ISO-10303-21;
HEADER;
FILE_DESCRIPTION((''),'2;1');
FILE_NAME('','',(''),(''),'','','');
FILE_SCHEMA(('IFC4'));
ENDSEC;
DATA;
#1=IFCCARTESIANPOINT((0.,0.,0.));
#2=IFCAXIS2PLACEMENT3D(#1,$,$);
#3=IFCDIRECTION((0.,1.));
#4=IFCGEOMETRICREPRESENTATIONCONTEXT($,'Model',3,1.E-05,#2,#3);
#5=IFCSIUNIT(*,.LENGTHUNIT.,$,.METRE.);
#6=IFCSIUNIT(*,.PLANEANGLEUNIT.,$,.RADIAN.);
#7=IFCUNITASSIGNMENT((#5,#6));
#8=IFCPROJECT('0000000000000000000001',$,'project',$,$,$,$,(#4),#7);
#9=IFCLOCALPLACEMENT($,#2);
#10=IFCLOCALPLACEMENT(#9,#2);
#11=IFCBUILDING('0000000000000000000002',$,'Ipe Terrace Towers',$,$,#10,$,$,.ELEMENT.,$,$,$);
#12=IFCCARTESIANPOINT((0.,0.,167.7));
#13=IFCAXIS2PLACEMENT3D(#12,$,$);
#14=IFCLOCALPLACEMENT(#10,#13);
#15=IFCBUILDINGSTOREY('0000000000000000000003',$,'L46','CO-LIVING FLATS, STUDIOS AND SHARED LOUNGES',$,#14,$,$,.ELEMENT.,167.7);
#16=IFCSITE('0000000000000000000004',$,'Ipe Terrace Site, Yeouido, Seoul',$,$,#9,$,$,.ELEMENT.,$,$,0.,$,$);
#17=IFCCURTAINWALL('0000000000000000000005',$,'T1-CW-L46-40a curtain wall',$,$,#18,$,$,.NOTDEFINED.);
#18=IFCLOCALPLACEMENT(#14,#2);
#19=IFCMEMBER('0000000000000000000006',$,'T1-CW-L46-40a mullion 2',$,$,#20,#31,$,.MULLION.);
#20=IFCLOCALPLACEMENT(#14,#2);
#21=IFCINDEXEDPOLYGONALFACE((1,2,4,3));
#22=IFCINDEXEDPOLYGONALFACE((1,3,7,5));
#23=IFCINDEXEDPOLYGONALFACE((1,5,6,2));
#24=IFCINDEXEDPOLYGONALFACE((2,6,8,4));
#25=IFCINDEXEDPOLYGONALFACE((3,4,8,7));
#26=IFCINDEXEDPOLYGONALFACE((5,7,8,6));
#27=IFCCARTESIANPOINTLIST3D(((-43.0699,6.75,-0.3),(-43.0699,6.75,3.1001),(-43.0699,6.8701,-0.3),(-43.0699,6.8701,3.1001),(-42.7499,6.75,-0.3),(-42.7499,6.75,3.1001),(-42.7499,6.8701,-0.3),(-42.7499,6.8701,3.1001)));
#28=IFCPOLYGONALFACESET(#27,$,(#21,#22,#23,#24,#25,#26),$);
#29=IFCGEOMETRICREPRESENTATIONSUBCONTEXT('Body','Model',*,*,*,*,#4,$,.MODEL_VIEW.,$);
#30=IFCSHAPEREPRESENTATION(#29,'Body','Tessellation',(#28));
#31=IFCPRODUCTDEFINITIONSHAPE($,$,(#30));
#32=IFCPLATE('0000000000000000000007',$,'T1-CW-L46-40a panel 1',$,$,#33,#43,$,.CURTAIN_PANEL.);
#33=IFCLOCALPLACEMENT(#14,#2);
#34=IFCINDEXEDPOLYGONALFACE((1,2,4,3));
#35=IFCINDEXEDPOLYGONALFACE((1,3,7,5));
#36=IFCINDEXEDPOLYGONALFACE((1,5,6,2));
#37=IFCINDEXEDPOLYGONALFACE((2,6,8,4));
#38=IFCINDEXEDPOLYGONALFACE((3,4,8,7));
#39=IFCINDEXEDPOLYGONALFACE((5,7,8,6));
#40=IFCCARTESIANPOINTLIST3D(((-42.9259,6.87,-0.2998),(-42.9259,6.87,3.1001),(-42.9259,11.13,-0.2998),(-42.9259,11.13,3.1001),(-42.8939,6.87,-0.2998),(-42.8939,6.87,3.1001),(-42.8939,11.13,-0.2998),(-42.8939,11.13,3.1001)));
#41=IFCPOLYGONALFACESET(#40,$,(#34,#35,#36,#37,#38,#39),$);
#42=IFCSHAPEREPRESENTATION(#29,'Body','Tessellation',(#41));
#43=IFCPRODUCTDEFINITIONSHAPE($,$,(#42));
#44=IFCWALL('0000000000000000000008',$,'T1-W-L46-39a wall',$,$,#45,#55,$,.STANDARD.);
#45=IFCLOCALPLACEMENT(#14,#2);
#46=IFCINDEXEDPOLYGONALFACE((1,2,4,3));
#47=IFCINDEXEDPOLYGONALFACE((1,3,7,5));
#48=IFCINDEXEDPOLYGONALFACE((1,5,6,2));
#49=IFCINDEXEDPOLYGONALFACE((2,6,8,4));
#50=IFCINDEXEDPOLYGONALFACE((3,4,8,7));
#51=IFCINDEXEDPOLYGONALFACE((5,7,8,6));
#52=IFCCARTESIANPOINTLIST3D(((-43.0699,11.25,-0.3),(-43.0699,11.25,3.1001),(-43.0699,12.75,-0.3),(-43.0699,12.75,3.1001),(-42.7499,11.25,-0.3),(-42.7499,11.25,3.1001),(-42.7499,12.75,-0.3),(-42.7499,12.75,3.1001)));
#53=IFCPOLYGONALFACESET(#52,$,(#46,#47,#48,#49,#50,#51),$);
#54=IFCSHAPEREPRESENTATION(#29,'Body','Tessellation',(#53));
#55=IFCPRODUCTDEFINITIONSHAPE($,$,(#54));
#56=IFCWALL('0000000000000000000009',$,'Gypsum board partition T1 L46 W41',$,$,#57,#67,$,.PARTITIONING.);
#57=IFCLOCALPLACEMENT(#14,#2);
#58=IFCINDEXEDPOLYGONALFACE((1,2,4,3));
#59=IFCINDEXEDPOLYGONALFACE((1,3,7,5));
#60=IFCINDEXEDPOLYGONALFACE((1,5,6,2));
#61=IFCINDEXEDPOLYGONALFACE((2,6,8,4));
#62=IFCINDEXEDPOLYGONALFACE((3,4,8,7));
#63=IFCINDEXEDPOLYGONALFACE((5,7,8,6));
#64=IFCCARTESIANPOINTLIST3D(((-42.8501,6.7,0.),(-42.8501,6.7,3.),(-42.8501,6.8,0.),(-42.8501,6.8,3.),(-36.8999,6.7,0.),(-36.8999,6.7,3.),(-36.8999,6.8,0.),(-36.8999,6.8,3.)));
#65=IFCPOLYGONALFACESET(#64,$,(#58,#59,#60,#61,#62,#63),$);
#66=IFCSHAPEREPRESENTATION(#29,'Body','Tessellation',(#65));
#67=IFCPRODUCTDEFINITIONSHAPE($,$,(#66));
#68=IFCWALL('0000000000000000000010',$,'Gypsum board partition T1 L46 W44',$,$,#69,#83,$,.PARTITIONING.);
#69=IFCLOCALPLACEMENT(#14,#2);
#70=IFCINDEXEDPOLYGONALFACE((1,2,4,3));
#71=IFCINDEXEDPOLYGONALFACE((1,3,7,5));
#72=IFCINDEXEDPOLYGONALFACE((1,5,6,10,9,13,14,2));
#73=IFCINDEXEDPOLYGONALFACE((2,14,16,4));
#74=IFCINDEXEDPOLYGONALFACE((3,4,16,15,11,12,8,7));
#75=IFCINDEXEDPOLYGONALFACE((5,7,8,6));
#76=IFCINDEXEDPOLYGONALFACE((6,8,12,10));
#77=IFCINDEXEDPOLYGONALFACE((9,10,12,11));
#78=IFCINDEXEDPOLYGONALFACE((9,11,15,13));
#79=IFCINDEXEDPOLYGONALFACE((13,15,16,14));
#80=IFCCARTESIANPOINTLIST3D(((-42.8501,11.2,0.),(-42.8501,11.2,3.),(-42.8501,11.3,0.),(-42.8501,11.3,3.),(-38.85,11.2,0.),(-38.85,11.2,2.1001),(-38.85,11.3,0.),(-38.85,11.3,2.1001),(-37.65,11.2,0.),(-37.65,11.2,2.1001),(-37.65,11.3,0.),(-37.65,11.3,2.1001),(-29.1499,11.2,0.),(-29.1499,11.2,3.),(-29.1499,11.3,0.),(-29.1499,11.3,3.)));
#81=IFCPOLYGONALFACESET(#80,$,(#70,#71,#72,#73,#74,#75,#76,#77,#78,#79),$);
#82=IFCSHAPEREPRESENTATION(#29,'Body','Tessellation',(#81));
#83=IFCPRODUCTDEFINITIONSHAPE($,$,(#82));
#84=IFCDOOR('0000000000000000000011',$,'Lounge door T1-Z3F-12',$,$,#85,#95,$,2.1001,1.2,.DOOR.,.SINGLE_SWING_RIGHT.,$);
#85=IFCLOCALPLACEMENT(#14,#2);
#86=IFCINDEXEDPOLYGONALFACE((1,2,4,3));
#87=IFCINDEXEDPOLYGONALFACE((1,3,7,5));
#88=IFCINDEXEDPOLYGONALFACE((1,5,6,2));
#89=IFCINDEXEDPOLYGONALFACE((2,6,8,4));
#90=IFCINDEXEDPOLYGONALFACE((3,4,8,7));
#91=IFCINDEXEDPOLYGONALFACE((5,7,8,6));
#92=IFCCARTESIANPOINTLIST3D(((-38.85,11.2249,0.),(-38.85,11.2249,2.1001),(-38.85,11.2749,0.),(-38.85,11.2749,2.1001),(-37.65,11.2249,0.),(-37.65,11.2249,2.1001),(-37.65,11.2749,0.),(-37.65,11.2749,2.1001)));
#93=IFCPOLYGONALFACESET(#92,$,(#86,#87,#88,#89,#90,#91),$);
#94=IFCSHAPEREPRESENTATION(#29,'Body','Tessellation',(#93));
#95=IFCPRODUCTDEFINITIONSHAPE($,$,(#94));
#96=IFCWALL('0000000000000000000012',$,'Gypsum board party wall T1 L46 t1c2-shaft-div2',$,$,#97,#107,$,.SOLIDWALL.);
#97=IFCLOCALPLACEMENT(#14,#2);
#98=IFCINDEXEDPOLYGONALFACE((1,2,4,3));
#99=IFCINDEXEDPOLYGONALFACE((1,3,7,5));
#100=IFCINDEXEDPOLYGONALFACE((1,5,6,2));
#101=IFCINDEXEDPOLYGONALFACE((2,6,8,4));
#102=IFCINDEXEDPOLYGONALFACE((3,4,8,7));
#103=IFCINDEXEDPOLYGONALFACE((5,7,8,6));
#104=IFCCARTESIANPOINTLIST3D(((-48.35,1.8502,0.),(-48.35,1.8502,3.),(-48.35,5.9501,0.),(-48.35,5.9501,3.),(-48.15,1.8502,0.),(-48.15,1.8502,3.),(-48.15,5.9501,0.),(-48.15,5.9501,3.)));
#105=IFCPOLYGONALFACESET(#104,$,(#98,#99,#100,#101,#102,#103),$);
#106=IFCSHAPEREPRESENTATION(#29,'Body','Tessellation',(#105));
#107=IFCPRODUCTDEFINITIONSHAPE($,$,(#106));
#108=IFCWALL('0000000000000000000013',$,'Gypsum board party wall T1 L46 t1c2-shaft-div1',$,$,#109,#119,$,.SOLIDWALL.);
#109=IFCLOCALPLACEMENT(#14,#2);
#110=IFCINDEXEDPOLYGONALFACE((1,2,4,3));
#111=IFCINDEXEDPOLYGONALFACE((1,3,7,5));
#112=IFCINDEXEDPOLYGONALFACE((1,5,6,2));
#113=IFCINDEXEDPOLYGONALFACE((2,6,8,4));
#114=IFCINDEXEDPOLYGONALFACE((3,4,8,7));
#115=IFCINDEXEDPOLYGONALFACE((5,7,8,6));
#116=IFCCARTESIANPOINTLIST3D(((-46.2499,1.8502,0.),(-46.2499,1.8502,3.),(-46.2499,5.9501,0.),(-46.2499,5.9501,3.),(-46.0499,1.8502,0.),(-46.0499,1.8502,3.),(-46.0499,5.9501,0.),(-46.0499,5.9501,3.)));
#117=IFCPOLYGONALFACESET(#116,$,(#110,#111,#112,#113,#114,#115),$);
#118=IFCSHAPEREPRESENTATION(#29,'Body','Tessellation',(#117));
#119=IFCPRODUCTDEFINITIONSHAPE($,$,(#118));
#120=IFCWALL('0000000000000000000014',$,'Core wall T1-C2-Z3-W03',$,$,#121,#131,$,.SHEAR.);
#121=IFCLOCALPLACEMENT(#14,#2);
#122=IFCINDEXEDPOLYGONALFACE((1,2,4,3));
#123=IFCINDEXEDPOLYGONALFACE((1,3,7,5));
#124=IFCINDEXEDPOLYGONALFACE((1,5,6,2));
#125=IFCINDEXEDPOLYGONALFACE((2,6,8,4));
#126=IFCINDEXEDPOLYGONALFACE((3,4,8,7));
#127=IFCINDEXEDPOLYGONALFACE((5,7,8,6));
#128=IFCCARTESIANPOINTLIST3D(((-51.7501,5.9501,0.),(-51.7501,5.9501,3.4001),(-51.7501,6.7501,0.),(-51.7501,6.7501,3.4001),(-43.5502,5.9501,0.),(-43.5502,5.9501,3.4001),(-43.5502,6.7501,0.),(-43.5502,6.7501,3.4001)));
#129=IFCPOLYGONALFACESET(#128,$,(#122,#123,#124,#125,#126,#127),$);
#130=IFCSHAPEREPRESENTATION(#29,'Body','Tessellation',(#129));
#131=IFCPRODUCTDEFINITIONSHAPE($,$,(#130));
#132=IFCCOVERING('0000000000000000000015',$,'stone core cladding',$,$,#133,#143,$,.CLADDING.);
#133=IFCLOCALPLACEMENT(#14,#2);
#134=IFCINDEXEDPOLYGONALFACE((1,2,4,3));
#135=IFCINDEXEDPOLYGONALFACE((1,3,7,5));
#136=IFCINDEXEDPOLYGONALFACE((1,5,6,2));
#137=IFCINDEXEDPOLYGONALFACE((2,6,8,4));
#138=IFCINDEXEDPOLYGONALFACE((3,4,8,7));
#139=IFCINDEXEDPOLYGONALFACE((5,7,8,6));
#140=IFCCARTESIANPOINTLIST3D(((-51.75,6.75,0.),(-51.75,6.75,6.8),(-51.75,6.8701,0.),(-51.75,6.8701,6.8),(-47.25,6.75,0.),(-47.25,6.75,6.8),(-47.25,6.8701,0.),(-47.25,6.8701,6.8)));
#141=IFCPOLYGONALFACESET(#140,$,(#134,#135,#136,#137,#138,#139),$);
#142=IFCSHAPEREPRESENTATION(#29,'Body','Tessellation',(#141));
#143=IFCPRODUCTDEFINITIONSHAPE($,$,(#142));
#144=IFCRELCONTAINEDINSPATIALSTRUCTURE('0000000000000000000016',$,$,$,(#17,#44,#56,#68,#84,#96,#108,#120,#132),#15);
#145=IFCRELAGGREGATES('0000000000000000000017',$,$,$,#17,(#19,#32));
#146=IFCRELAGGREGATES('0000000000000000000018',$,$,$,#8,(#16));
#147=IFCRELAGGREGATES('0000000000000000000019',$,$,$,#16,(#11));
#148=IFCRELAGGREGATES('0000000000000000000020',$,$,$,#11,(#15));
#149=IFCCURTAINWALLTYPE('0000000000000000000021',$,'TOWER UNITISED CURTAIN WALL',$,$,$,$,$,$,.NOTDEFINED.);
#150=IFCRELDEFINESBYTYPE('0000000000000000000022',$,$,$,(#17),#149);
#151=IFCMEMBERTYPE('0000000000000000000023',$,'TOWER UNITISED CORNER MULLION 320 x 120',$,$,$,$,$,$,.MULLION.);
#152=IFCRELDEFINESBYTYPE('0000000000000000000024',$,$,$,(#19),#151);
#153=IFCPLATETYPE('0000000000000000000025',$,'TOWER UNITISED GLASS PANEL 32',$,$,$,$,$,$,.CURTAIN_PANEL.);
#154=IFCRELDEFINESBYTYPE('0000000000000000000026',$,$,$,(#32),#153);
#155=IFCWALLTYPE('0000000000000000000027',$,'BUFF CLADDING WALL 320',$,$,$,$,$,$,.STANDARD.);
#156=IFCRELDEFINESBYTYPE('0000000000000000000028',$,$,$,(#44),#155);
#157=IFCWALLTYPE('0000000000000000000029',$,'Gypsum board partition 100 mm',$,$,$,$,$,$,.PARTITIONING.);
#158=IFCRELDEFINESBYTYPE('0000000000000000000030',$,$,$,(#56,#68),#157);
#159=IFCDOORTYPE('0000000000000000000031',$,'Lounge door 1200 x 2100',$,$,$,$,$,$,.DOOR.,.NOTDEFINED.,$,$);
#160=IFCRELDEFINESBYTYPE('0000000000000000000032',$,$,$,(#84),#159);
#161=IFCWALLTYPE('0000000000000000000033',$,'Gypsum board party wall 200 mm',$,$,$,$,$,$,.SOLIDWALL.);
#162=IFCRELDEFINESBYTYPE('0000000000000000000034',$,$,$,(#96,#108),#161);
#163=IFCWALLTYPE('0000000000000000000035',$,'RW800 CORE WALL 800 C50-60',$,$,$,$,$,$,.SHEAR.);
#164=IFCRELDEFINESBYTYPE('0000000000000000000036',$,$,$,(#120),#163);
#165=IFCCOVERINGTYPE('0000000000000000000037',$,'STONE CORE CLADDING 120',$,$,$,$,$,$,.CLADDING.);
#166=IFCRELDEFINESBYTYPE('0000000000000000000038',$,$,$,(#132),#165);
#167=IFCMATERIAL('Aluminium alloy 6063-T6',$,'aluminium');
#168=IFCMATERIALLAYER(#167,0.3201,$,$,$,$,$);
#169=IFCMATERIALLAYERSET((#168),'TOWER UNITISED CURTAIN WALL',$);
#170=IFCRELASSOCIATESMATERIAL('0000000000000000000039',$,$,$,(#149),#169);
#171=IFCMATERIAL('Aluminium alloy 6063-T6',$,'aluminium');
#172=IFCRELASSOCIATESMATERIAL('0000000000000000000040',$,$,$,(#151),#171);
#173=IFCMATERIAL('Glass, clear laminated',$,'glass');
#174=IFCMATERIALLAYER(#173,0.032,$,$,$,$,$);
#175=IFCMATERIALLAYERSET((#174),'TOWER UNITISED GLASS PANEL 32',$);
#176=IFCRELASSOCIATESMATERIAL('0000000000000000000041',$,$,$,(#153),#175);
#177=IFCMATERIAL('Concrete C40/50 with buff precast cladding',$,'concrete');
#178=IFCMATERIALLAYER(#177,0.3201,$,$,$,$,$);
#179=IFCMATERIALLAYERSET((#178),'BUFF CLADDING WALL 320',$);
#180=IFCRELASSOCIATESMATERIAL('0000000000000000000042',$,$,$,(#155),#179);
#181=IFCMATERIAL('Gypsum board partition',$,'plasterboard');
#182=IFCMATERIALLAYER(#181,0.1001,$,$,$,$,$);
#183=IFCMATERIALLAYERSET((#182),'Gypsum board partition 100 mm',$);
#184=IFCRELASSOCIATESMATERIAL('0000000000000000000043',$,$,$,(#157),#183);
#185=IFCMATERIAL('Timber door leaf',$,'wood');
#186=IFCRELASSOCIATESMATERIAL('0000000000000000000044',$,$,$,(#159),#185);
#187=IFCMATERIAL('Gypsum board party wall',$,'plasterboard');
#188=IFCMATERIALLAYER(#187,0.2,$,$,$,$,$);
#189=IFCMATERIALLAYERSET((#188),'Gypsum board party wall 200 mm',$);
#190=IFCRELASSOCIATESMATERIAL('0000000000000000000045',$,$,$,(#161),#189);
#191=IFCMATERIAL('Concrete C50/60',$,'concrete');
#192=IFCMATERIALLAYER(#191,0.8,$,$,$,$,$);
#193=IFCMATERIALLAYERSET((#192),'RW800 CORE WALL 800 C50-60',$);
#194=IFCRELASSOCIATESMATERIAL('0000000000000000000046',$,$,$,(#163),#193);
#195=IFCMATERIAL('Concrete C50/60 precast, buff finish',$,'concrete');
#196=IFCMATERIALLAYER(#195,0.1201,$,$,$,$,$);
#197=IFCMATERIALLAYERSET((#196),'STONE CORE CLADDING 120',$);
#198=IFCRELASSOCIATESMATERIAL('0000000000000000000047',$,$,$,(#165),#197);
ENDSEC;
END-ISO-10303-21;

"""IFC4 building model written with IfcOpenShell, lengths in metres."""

from ifc_helpers import new_model, si_unit, direction, frame, frame_2d, origin, origin_2d, place, context, subcontext, project, spatial, rectangle, extrude, material, layer, layer_set, material_profile, profile_set, type_object, element, fill, aggregate, save


model = new_model("IFC4")

# Units and contexts
model_context = context("Model", 3, precision=1e-05, world=origin(), true_north=direction((0.0, 1.0)))
body_context = subcontext(model_context, "Body", "Model", "MODEL_VIEW")
ifc_project = project(units=[si_unit("LENGTHUNIT", "METRE"), si_unit("PLANEANGLEUNIT", "RADIAN")], contexts=[model_context])

# Site, building, storey
site_placement = place(None, origin())
site = spatial("IfcSite", under=ifc_project, at=site_placement, Name="Ipe Terrace Site, Yeouido, Seoul", CompositionType="ELEMENT", RefElevation=0.0)
building_placement = place(site_placement, origin())
building = spatial("IfcBuilding", under=site, at=building_placement, Name="Ipe Terrace Towers", CompositionType="ELEMENT")
storey_placement = place(building_placement, frame((0.0, 0.0, 167.7)))
storey = spatial("IfcBuildingStorey", under=building, at=storey_placement, Name="L46", Description="CO-LIVING FLATS, STUDIOS AND SHARED LOUNGES", CompositionType="ELEMENT", Elevation=167.7)

# Curtain wall, member, plate
ifc_material_1 = material(Name="Aluminium alloy 6063-T6", Category="aluminium")
ifc_layer_1 = layer(ifc_material_1, 0.3201)
ifc_layer_set_1 = layer_set([ifc_layer_1], Name="TOWER UNITISED CURTAIN WALL")
curtain_wall_type = type_object("IfcCurtainWallType", Name="TOWER UNITISED CURTAIN WALL", PredefinedType="NOTDEFINED", material=ifc_layer_set_1)
curtain_wall_placement = place(storey_placement, origin())
curtain_wall = element("IfcCurtainWall", 1, at=curtain_wall_placement, inside=storey, type_object=curtain_wall_type, Name="T1-CW-L46-40a curtain wall", PredefinedType="NOTDEFINED")
ifc_material_2 = material(Name="Aluminium alloy 6063-T6", Category="aluminium")
ifc_material_profile_1 = material_profile(ifc_material_2, rectangle(XDim=0.3201, YDim=0.1201, at=origin_2d()), Name="TOWER UNITISED CORNER MULLION 320 x 120")
ifc_profile_set_1 = profile_set([ifc_material_profile_1], Name="Aluminium alloy 6063-T6")
member_type = type_object("IfcMemberType", Name="TOWER UNITISED CORNER MULLION 320 x 120", PredefinedType="MULLION", material=ifc_profile_set_1)
member_1_placement = place(storey_placement, frame((-42.9099, 6.8101, -0.3), z_axis=(0.0, 0.0, 1.0), x_axis=(-1.0, 0.0, 0.0)))
member_1 = element("IfcMember", 2, at=member_1_placement, type_object=member_type, Name="T1-CW-L46-40a mullion 2", PredefinedType="MULLION", context=body_context, shape_type="SweptSolid", body=[
    extrude(rectangle(XDim=0.3201, YDim=0.1201, at=origin_2d()), origin(), (0.0, 0.0, 1.0), 3.4001),
])
ifc_material_3 = material(Name="Glass, clear laminated", Category="glass")
ifc_layer_2 = layer(ifc_material_3, 0.032)
ifc_layer_set_2 = layer_set([ifc_layer_2], Name="TOWER UNITISED GLASS PANEL 32")
plate_type = type_object("IfcPlateType", Name="TOWER UNITISED GLASS PANEL 32", PredefinedType="CURTAIN_PANEL", material=ifc_layer_set_2)
plate_placement = place(storey_placement, frame((-42.9099, 9.0, -0.2998), z_axis=(0.0, 0.0, 1.0), x_axis=(0.0, -1.0, 0.0)))
plate = element("IfcPlate", 3, at=plate_placement, type_object=plate_type, Name="T1-CW-L46-40a panel 1", PredefinedType="CURTAIN_PANEL", context=body_context, shape_type="SweptSolid", body=[
    extrude(rectangle(XDim=4.26, YDim=0.032, at=origin_2d()), origin(), (0.0, 0.0, 1.0), 3.3999),
])
aggregate(curtain_wall, [member_1, plate])

# Walls
ifc_material_4 = material(Name="Concrete C40/50 with buff precast cladding", Category="concrete")
ifc_layer_3 = layer(ifc_material_4, 0.3201)
ifc_layer_set_3 = layer_set([ifc_layer_3], Name="BUFF CLADDING WALL 320")
wall_type_1 = type_object("IfcWallType", Name="BUFF CLADDING WALL 320", PredefinedType="STANDARD", material=ifc_layer_set_3)
wall_1_placement = place(storey_placement, frame((-42.9099, 12.75, -0.3), z_axis=(0.0, 0.0, 1.0), x_axis=(0.0, -1.0, 0.0)))
element("IfcWall", 4, at=wall_1_placement, inside=storey, type_object=wall_type_1, Name="T1-W-L46-39a wall", PredefinedType="STANDARD", context=body_context, shape_type="SweptSolid", body=[
    extrude(rectangle(XDim=1.5, YDim=0.3201, at=frame_2d((0.75, 0.0))), origin(), (0.0, 0.0, 1.0), 3.4001),
])
ifc_material_5 = material(Name="Gypsum board partition", Category="plasterboard")
ifc_layer_4 = layer(ifc_material_5, 0.1001)
ifc_layer_set_4 = layer_set([ifc_layer_4], Name="Gypsum board partition 100 mm")
wall_type_2 = type_object("IfcWallType", Name="Gypsum board partition 100 mm", PredefinedType="PARTITIONING", material=ifc_layer_set_4)
wall_2_placement = place(storey_placement, frame((-42.8501, 6.75, 0.0), z_axis=(0.0, 0.0, 1.0), x_axis=(1.0, 0.0, 0.0)))
element("IfcWall", 5, at=wall_2_placement, inside=storey, type_object=wall_type_2, Name="Gypsum board partition T1 L46 W41", PredefinedType="PARTITIONING", context=body_context, shape_type="SweptSolid", body=[
    extrude(rectangle(XDim=5.9502, YDim=0.1001, at=frame_2d((2.9751, 0.0))), origin(), (0.0, 0.0, 1.0), 3.0),
])

# Wall, opening, door
wall_3_placement = place(storey_placement, frame((-42.8501, 11.25, 0.0), z_axis=(0.0, 0.0, 1.0), x_axis=(1.0, 0.0, 0.0)))
wall_3 = element("IfcWall", 6, at=wall_3_placement, inside=storey, type_object=wall_type_2, Name="Gypsum board partition T1 L46 W44", PredefinedType="PARTITIONING", context=body_context, shape_type="SweptSolid", body=[
    extrude(rectangle(XDim=13.7002, YDim=0.1001, at=frame_2d((6.8501, 0.0))), origin(), (0.0, 0.0, 1.0), 3.0),
])
opening_placement = place(wall_3_placement, frame((4.0, 0.0, 0.0)))
opening = element("IfcOpeningElement", 7, at=opening_placement, cuts=wall_3, PredefinedType="OPENING", context=body_context, shape_type="SweptSolid", body=[
    extrude(rectangle(XDim=1.2, YDim=2.1001, at=frame_2d((0.6001, 1.05))), frame((0.0, 0.0601, 0.0), z_axis=(0.0, -1.0, 0.0), x_axis=(1.0, 0.0, 0.0)), (0.0, 0.0, 1.0), 0.1201),
])
ifc_material_6 = material(Name="Timber door leaf", Category="wood")
door_type = type_object("IfcDoorType", Name="Lounge door 1200 x 2100", OperationType="NOTDEFINED", PredefinedType="DOOR", material=ifc_material_6)
door_placement = place(opening_placement, origin())
door = element("IfcDoor", 8, at=door_placement, inside=storey, type_object=door_type, Name="Lounge door T1-Z3F-12", OperationType="SINGLE_SWING_RIGHT", OverallHeight=2.1001, OverallWidth=1.2, PredefinedType="DOOR", context=body_context, shape_type="SweptSolid", body=[
    extrude(rectangle(XDim=1.2, YDim=2.1001, at=frame_2d((0.6001, 1.05))), frame((0.0, 0.0249, 0.0), z_axis=(0.0, -1.0, 0.0), x_axis=(1.0, 0.0, 0.0)), (0.0, 0.0, 1.0), 0.05),
])
fill(opening, door)

# Walls
ifc_material_7 = material(Name="Gypsum board party wall", Category="plasterboard")
ifc_layer_5 = layer(ifc_material_7, 0.2)
ifc_layer_set_5 = layer_set([ifc_layer_5], Name="Gypsum board party wall 200 mm")
wall_type_3 = type_object("IfcWallType", Name="Gypsum board party wall 200 mm", PredefinedType="SOLIDWALL", material=ifc_layer_set_5)
for number, where, z_axis, x_axis, name in (
    (9, (-48.25, 5.95, 0.0), (0.0, 0.0, 1.0), (0.0, -1.0, 0.0), "Gypsum board party wall T1 L46 t1c2-shaft-div2"),
    (10, (-46.1499, 5.95, 0.0), (0.0, 0.0, 1.0), (0.0, -1.0, 0.0), "Gypsum board party wall T1 L46 t1c2-shaft-div1"),
):
    element("IfcWall", number, at=place(storey_placement, frame(where, z_axis=z_axis, x_axis=x_axis)), inside=storey, type_object=wall_type_3, Name=name, PredefinedType="SOLIDWALL", context=body_context, shape_type="SweptSolid", body=[
        extrude(rectangle(XDim=4.0999, YDim=0.2, at=frame_2d((2.0498, 0.0))), origin(), (0.0, 0.0, 1.0), 3.0),
    ])
ifc_material_8 = material(Name="Concrete C50/60", Category="concrete")
ifc_layer_6 = layer(ifc_material_8, 0.8)
ifc_layer_set_6 = layer_set([ifc_layer_6], Name="RW800 CORE WALL 800 C50-60")
wall_type_4 = type_object("IfcWallType", Name="RW800 CORE WALL 800 C50-60", PredefinedType="SHEAR", material=ifc_layer_set_6)
wall_4_placement = place(storey_placement, frame((-43.55, 6.3501, 0.0), z_axis=(0.0, 0.0, 1.0), x_axis=(-1.0, 0.0, 0.0)))
element("IfcWall", 11, at=wall_4_placement, inside=storey, type_object=wall_type_4, Name="Core wall T1-C2-Z3-W03", PredefinedType="SHEAR", context=body_context, shape_type="SweptSolid", body=[
    extrude(rectangle(XDim=8.2, YDim=0.8, at=frame_2d((4.1001, 0.0))), origin(), (0.0, 0.0, 1.0), 3.4001),
])

# Covering
ifc_material_9 = material(Name="Concrete C50/60 precast, buff finish", Category="concrete")
ifc_layer_7 = layer(ifc_material_9, 0.1201)
ifc_layer_set_7 = layer_set([ifc_layer_7], Name="STONE CORE CLADDING 120")
covering_type = type_object("IfcCoveringType", Name="STONE CORE CLADDING 120", PredefinedType="CLADDING", material=ifc_layer_set_7)
covering_placement = place(storey_placement, frame((-49.5, 6.8101, 0.0), z_axis=(0.0, 0.0, 1.0), x_axis=(-1.0, 0.0, 0.0)))
element("IfcCovering", 12, at=covering_placement, inside=storey, type_object=covering_type, Name="stone core cladding", PredefinedType="CLADDING", context=body_context, shape_type="SweptSolid", body=[
    extrude(rectangle(XDim=4.5, YDim=0.1201, at=origin_2d()), origin(), (0.0, 0.0, 1.0), 6.8),
])

save(model, "model.ifc")
